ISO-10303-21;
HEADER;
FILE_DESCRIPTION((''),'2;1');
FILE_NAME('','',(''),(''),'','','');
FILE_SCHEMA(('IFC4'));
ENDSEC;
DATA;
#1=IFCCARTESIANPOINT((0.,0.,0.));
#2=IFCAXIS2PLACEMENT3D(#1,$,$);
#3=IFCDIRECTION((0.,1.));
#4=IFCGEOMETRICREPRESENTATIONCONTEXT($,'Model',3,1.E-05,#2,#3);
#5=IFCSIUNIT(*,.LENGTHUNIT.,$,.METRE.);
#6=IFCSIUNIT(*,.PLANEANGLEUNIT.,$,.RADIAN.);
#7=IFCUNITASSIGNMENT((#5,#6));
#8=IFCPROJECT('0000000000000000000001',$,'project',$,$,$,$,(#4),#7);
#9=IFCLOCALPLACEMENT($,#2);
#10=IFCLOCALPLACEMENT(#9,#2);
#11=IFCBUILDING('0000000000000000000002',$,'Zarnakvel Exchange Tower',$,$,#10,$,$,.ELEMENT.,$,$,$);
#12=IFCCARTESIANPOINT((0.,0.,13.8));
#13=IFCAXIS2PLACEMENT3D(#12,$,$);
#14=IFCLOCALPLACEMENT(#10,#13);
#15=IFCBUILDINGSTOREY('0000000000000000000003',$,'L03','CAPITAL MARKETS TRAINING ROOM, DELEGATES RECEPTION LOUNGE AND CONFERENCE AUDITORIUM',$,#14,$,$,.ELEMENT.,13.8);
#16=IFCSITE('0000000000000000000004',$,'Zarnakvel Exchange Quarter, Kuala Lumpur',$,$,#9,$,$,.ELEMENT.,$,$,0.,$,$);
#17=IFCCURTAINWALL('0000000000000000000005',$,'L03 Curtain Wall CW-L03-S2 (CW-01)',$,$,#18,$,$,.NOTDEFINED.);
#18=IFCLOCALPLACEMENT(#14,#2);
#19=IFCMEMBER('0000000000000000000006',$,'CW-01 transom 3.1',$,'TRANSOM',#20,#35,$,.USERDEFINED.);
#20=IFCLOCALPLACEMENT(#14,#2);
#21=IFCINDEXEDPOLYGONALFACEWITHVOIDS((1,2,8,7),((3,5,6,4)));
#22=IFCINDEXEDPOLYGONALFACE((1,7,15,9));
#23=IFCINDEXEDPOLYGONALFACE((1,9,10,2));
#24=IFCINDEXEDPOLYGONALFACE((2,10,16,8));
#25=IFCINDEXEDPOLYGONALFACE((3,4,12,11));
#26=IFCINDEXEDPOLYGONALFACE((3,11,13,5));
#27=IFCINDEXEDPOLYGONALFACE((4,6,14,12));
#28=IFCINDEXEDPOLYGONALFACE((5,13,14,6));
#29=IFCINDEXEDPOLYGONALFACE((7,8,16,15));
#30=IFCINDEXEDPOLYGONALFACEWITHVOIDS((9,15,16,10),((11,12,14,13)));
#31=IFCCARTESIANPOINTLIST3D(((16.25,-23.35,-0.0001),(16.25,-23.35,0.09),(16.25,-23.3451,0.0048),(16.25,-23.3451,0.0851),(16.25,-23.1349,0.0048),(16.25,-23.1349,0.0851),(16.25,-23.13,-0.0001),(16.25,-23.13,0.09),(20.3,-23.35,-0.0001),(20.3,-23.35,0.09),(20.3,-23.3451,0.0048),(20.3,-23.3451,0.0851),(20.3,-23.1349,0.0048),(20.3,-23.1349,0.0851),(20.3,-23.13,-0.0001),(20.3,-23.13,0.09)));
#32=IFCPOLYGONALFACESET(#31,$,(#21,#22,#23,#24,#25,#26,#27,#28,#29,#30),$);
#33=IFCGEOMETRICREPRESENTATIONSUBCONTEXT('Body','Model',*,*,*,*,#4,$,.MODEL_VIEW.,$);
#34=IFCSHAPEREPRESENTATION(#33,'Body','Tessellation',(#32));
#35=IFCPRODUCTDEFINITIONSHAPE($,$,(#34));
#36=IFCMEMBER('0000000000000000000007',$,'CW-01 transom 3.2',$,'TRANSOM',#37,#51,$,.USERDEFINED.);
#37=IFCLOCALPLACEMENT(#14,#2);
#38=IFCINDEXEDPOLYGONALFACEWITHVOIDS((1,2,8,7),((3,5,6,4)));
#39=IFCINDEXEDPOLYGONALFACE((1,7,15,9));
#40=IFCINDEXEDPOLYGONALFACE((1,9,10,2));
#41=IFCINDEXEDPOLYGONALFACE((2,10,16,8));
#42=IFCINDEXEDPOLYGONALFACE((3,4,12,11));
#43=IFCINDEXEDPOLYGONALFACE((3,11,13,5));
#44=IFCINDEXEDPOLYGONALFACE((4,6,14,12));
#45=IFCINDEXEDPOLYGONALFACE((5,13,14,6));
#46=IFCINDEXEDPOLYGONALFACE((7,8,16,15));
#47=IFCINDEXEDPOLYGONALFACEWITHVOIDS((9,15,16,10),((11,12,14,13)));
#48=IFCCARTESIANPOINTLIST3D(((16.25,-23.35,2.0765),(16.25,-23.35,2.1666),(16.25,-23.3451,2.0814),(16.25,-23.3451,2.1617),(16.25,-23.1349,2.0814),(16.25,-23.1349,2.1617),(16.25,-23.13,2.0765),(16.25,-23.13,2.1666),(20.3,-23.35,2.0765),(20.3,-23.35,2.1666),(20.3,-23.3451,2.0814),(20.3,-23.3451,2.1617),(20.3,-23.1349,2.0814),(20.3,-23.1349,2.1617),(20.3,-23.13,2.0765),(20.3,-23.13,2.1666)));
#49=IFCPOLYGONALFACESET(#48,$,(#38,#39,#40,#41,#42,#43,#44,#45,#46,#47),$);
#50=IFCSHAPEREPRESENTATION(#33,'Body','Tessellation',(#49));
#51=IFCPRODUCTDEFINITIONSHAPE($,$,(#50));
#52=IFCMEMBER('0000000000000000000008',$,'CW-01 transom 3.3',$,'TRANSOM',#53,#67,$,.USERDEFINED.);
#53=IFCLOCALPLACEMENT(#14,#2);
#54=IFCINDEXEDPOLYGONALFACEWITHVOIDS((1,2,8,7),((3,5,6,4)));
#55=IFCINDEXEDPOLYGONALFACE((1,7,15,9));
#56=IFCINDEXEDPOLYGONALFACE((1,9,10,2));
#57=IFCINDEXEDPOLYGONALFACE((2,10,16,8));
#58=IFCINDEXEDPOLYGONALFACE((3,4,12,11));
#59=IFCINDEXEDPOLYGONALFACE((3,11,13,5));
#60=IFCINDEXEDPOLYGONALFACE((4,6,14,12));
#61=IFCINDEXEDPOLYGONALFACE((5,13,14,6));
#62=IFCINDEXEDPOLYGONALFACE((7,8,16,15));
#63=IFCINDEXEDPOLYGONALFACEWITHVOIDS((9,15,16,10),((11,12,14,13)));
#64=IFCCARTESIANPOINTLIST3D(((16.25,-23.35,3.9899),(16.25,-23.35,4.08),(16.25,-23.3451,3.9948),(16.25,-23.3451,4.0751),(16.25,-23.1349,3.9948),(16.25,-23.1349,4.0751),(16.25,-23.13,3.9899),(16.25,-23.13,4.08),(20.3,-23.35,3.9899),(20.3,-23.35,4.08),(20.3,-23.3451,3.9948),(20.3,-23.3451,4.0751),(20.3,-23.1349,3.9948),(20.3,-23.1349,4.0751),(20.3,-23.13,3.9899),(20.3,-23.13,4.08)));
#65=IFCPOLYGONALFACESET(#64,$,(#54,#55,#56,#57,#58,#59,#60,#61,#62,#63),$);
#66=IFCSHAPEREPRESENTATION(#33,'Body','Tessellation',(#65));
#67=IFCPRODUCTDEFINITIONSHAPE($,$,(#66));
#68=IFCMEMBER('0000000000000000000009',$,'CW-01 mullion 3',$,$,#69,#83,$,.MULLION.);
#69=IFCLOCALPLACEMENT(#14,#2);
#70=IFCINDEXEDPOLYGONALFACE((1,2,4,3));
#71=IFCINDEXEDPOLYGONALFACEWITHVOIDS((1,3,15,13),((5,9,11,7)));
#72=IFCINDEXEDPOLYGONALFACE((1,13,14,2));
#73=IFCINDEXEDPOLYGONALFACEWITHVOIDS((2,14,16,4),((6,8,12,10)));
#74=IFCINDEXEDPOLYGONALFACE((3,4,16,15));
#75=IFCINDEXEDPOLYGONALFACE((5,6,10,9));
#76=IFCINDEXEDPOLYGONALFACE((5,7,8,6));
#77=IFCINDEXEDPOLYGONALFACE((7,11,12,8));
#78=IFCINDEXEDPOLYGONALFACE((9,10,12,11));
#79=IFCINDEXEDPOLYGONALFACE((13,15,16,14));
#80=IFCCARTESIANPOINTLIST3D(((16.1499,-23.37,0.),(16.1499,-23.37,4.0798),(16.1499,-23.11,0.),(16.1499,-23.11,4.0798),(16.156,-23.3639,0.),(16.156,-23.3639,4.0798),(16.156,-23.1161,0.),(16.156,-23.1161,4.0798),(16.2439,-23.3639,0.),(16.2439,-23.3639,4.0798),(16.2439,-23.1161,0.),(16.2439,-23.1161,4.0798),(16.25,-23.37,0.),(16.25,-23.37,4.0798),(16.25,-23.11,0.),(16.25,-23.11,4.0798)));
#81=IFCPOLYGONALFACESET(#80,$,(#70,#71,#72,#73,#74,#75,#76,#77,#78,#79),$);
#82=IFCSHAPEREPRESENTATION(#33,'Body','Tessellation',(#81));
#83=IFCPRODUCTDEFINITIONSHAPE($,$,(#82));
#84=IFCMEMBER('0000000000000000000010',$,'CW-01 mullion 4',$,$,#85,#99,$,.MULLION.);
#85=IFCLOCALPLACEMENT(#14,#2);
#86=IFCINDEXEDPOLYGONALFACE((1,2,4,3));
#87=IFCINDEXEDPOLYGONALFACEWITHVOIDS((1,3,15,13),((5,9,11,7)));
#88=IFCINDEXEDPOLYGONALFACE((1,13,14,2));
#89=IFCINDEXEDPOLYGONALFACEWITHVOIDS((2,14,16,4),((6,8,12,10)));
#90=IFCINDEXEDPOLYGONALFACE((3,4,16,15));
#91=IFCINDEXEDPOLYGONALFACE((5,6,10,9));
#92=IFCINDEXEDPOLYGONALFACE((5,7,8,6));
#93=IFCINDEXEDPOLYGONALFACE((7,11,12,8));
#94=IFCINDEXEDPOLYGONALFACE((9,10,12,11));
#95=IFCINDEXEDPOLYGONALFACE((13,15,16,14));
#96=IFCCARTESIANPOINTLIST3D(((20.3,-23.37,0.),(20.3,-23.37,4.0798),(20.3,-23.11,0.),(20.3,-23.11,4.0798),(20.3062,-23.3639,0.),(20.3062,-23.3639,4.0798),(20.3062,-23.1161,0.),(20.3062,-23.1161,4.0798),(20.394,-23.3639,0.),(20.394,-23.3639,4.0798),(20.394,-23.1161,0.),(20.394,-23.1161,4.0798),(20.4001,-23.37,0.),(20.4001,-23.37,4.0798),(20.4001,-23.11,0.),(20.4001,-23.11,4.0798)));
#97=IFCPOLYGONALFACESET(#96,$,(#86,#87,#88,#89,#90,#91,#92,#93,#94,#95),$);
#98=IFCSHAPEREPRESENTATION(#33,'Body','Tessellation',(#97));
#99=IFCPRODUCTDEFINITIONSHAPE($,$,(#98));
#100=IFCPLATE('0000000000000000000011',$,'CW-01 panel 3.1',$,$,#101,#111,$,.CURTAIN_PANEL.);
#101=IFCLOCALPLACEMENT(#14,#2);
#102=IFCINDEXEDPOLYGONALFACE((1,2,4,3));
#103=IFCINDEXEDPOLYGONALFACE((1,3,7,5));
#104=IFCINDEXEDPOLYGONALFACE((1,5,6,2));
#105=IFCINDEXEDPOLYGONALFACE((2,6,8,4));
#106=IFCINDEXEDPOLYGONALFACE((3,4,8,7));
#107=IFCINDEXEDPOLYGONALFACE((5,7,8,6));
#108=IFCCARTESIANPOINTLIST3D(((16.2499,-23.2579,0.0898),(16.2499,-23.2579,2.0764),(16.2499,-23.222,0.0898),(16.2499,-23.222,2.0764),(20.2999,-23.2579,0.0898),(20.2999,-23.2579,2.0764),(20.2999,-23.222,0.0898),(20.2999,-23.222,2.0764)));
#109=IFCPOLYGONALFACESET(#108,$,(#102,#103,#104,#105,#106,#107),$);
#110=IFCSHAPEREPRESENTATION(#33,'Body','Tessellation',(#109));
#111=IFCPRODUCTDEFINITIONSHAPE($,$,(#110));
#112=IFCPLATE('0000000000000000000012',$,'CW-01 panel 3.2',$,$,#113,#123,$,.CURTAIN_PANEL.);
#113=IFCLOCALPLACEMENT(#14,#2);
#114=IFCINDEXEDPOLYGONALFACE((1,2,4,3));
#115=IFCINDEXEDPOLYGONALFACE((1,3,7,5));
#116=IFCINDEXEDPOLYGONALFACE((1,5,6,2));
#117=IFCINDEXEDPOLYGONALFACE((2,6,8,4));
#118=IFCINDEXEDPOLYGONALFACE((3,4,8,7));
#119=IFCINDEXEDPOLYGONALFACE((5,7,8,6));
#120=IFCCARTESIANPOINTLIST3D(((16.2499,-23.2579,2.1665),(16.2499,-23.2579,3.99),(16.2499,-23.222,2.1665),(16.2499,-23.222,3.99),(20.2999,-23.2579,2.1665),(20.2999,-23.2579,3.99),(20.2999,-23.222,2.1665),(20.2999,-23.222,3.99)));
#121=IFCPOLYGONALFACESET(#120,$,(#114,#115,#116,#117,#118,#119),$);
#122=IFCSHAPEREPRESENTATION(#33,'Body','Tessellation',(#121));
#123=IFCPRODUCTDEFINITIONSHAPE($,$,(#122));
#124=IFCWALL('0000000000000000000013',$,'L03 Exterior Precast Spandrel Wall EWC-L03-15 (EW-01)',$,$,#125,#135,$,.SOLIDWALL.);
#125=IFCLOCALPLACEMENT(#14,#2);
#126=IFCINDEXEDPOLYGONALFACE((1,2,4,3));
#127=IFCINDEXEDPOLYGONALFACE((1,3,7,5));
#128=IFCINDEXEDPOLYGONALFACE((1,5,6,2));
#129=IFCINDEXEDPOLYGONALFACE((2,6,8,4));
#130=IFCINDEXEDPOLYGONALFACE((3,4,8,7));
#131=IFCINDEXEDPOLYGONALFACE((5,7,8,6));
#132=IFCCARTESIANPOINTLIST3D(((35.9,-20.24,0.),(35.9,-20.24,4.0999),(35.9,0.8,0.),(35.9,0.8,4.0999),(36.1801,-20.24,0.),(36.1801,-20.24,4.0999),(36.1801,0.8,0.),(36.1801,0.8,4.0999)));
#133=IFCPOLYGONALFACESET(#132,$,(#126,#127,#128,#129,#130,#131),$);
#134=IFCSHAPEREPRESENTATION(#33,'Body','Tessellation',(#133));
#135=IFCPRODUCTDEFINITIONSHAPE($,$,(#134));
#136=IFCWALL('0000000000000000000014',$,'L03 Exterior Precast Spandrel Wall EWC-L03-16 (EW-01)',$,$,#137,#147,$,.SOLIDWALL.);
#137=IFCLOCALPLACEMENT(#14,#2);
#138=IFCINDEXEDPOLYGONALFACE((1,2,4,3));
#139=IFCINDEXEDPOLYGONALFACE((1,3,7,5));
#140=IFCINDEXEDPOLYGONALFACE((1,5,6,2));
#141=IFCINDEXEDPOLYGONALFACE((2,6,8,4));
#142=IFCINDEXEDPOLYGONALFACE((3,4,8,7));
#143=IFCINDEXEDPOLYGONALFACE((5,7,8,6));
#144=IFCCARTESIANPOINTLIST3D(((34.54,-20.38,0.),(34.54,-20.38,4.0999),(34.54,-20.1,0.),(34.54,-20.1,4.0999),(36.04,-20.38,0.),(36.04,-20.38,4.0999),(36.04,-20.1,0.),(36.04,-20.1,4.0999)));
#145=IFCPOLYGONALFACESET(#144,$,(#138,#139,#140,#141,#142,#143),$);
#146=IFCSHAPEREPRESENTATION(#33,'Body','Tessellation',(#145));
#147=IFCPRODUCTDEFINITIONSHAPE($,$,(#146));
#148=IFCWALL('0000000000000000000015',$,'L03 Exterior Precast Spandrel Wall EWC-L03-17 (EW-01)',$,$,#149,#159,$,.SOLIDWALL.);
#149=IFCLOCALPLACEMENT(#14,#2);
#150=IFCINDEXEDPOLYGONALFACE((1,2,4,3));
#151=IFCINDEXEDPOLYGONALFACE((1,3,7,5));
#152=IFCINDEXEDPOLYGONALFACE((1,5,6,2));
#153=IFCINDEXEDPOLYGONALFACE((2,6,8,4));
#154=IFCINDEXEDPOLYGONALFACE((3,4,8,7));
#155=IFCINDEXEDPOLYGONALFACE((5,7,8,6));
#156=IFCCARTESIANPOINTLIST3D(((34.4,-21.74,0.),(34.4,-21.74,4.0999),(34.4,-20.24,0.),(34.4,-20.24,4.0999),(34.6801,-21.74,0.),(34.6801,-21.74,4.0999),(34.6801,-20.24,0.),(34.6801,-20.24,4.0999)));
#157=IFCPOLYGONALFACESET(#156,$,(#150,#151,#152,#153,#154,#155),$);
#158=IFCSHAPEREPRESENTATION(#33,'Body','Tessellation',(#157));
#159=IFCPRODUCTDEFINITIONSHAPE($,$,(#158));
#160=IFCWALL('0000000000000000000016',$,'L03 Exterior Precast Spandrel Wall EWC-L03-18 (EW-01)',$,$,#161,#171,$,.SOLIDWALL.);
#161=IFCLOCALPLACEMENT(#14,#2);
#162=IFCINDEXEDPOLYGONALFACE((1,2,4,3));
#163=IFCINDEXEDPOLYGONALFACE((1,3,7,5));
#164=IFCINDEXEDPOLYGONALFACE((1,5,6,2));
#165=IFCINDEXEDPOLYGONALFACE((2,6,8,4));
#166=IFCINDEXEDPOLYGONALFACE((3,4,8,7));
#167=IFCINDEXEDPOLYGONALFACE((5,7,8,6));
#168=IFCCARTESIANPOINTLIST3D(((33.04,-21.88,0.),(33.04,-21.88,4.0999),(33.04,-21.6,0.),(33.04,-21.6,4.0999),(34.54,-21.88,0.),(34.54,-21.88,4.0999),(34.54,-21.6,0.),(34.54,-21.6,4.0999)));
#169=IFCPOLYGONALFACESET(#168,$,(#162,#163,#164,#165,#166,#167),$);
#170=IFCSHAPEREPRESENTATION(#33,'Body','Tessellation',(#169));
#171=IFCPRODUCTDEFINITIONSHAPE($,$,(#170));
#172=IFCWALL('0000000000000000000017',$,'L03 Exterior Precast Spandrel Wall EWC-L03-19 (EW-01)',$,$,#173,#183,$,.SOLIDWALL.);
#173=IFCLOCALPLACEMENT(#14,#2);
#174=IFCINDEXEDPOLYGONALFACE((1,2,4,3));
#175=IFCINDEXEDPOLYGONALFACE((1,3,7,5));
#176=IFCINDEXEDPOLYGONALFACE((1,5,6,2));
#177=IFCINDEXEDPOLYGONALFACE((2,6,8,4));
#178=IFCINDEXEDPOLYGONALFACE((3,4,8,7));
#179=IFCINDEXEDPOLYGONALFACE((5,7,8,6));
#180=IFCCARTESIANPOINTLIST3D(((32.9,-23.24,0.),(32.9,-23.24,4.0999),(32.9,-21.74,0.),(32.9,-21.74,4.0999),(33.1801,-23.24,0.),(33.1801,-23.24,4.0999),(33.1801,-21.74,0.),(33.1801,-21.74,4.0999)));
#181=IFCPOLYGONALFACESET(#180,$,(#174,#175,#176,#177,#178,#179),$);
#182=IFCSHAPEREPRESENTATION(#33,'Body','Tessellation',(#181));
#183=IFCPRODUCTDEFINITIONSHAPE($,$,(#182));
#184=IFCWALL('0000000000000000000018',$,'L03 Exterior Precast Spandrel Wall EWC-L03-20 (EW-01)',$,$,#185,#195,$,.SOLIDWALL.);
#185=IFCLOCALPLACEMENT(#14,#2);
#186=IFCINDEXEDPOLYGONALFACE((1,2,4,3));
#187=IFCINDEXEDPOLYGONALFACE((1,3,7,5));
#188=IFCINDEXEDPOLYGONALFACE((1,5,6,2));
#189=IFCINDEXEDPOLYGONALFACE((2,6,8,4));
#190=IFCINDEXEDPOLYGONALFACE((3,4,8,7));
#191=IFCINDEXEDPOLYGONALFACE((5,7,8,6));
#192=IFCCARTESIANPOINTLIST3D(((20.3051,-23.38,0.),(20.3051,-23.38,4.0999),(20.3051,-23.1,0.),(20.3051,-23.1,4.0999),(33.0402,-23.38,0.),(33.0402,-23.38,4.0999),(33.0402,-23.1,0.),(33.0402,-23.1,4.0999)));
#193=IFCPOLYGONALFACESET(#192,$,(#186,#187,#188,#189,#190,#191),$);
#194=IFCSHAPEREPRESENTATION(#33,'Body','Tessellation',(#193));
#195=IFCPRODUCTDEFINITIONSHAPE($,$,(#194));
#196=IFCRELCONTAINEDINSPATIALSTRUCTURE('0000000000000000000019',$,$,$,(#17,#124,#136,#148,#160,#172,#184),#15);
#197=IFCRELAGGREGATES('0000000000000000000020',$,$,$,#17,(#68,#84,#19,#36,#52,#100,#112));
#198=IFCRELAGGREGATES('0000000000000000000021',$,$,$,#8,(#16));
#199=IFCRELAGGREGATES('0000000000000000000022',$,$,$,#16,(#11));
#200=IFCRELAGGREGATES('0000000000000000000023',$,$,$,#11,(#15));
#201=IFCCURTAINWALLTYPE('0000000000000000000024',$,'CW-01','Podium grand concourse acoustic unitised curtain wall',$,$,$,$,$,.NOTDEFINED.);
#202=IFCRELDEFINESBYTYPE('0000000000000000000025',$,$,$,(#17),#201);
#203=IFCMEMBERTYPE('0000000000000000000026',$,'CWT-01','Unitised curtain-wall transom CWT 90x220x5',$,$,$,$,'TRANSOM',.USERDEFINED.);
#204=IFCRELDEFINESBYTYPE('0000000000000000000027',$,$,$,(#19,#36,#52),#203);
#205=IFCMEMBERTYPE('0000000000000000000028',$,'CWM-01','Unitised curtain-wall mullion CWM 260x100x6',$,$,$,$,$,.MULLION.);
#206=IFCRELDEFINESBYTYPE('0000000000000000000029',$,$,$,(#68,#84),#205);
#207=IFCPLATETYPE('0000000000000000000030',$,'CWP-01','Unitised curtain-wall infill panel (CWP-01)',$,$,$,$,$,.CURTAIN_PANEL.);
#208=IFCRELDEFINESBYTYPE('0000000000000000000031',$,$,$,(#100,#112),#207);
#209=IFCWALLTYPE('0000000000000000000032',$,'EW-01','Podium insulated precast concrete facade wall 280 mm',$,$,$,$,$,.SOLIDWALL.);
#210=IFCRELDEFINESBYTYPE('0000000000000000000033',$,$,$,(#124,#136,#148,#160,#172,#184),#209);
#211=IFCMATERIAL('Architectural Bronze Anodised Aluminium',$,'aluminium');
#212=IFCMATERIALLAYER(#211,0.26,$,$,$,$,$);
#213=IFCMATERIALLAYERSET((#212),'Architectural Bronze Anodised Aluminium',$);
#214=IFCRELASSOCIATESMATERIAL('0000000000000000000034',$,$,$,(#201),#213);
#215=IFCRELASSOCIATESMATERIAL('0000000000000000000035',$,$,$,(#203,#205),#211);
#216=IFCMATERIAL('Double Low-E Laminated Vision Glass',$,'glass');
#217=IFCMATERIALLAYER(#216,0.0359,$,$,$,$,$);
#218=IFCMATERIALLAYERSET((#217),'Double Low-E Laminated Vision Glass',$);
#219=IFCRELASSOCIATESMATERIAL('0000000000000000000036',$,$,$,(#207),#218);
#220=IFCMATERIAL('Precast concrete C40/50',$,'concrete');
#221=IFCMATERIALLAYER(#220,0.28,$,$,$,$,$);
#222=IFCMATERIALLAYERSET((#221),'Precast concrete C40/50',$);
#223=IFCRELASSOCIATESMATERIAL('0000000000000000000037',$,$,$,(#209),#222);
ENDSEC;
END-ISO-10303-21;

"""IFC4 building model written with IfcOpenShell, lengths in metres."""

from ifc_helpers import new_model, si_unit, direction, frame, frame_2d, origin, origin_2d, place, context, subcontext, project, spatial, rectangle, hollow_rectangle, extrude, source, transform, mapped, material, layer, layer_set, material_profile, profile_set, type_object, element, aggregate, save


model = new_model("IFC4")

# Units and contexts
model_context = context("Model", 3, precision=1e-05, world=origin(), true_north=direction((0.0, 1.0)))
body_context = subcontext(model_context, "Body", "Model", "MODEL_VIEW")
ifc_project = project(units=[si_unit("LENGTHUNIT", "METRE"), si_unit("PLANEANGLEUNIT", "RADIAN")], contexts=[model_context])

# Site, building, storey
site_placement = place(None, origin())
site = spatial("IfcSite", under=ifc_project, at=site_placement, Name="Zarnakvel Exchange Quarter, Kuala Lumpur", CompositionType="ELEMENT", RefElevation=0.0)
building_placement = place(site_placement, origin())
building = spatial("IfcBuilding", under=site, at=building_placement, Name="Zarnakvel Exchange Tower", CompositionType="ELEMENT")
storey_placement = place(building_placement, frame((0.0, 0.0, 13.8)))
storey = spatial("IfcBuildingStorey", under=building, at=storey_placement, Name="L03", Description="CAPITAL MARKETS TRAINING ROOM, DELEGATES RECEPTION LOUNGE AND CONFERENCE AUDITORIUM", CompositionType="ELEMENT", Elevation=13.8)

# Curtain wall, members, plates
ifc_material_1 = material(Name="Architectural Bronze Anodised Aluminium", Category="aluminium")
ifc_layer_1 = layer(ifc_material_1, 0.26)
ifc_layer_set_1 = layer_set([ifc_layer_1], Name="Architectural Bronze Anodised Aluminium")
curtain_wall_type = type_object("IfcCurtainWallType", Name="CW-01", Description="Podium grand concourse acoustic unitised curtain wall", PredefinedType="NOTDEFINED", material=ifc_layer_set_1)
curtain_wall_placement = place(storey_placement, origin())
curtain_wall = element("IfcCurtainWall", 1, at=curtain_wall_placement, inside=storey, type_object=curtain_wall_type, Name="L03 Curtain Wall CW-L03-S2 (CW-01)", PredefinedType="NOTDEFINED")
ifc_material_profile_1 = material_profile(ifc_material_1, hollow_rectangle(XDim=0.22, YDim=0.0901, WallThickness=0.0049, at=origin_2d()))
ifc_profile_set_1 = profile_set([ifc_material_profile_1], Name="Architectural Bronze Anodised Aluminium")
member_type_1 = type_object("IfcMemberType", Name="CWT-01", Description="Unitised curtain-wall transom CWT 90x220x5", ElementType="TRANSOM", PredefinedType="USERDEFINED", material=ifc_profile_set_1)
shared_shape_1 = source(origin(), body_context, "Body", "SweptSolid", [
    extrude(hollow_rectangle(XDim=0.22, YDim=0.0901, WallThickness=0.0049, at=origin_2d()), origin(), (0.0, 0.0, 1.0), 4.05),
])
member_1_placement = place(storey_placement, frame((16.25, -23.24, 0.0449), z_axis=(1.0, 0.0, 0.0), x_axis=(0.0, 1.0, 0.0)))
member_1 = element("IfcMember", 2, at=member_1_placement, type_object=member_type_1, Name="CW-01 transom 3.1", ObjectType="TRANSOM", PredefinedType="USERDEFINED", context=body_context, shape_type="MappedRepresentation", body=[
    mapped(shared_shape_1, transform((0.0, 0.0, 0.0), x_axis=(1.0, 0.0, 0.0), y_axis=(0.0, 1.0, 0.0), z_axis=(0.0, 0.0, 1.0), scale=1.0)),
])
member_2_placement = place(storey_placement, frame((16.25, -23.24, 2.1216), z_axis=(1.0, 0.0, 0.0), x_axis=(0.0, 1.0, 0.0)))
member_2 = element("IfcMember", 3, at=member_2_placement, type_object=member_type_1, Name="CW-01 transom 3.2", ObjectType="TRANSOM", PredefinedType="USERDEFINED", context=body_context, shape_type="MappedRepresentation", body=[
    mapped(shared_shape_1, transform((0.0, 0.0, 0.0), x_axis=(1.0, 0.0, 0.0), y_axis=(0.0, 1.0, 0.0), z_axis=(0.0, 0.0, 1.0), scale=1.0)),
])
member_3_placement = place(storey_placement, frame((16.25, -23.24, 4.0349), z_axis=(1.0, 0.0, 0.0), x_axis=(0.0, 1.0, 0.0)))
member_3 = element("IfcMember", 4, at=member_3_placement, type_object=member_type_1, Name="CW-01 transom 3.3", ObjectType="TRANSOM", PredefinedType="USERDEFINED", context=body_context, shape_type="MappedRepresentation", body=[
    mapped(shared_shape_1, transform((0.0, 0.0, 0.0), x_axis=(1.0, 0.0, 0.0), y_axis=(0.0, 1.0, 0.0), z_axis=(0.0, 0.0, 1.0), scale=1.0)),
])
ifc_material_profile_2 = material_profile(ifc_material_1, hollow_rectangle(XDim=0.26, YDim=0.1001, WallThickness=0.0061, at=origin_2d()))
ifc_profile_set_2 = profile_set([ifc_material_profile_2], Name="Architectural Bronze Anodised Aluminium")
member_type_2 = type_object("IfcMemberType", Name="CWM-01", Description="Unitised curtain-wall mullion CWM 260x100x6", PredefinedType="MULLION", material=ifc_profile_set_2)
shared_shape_2 = source(origin(), body_context, "Body", "SweptSolid", [
    extrude(hollow_rectangle(XDim=0.26, YDim=0.1001, WallThickness=0.0061, at=origin_2d()), origin(), (0.0, 0.0, 1.0), 4.0798),
])
member_4_placement = place(storey_placement, frame((16.2, -23.24, 0.0), z_axis=(0.0, 0.0, 1.0), x_axis=(0.0, 1.0, 0.0)))
member_4 = element("IfcMember", 5, at=member_4_placement, type_object=member_type_2, Name="CW-01 mullion 3", PredefinedType="MULLION", context=body_context, shape_type="MappedRepresentation", body=[
    mapped(shared_shape_2, transform((0.0, 0.0, 0.0), x_axis=(1.0, 0.0, 0.0), y_axis=(0.0, 1.0, 0.0), z_axis=(0.0, 0.0, 1.0), scale=1.0)),
])
member_5_placement = place(storey_placement, frame((20.3501, -23.24, 0.0), z_axis=(0.0, 0.0, 1.0), x_axis=(0.0, 1.0, 0.0)))
member_5 = element("IfcMember", 6, at=member_5_placement, type_object=member_type_2, Name="CW-01 mullion 4", PredefinedType="MULLION", context=body_context, shape_type="MappedRepresentation", body=[
    mapped(shared_shape_2, transform((0.0, 0.0, 0.0), x_axis=(1.0, 0.0, 0.0), y_axis=(0.0, 1.0, 0.0), z_axis=(0.0, 0.0, 1.0), scale=1.0)),
])
ifc_material_2 = material(Name="Double Low-E Laminated Vision Glass", Category="glass")
ifc_layer_2 = layer(ifc_material_2, 0.0359)
ifc_layer_set_2 = layer_set([ifc_layer_2], Name="Double Low-E Laminated Vision Glass")
plate_type = type_object("IfcPlateType", Name="CWP-01", Description="Unitised curtain-wall infill panel (CWP-01)", PredefinedType="CURTAIN_PANEL", material=ifc_layer_set_2)
shared_shape_3 = source(origin(), body_context, "Body", "SweptSolid", [
    extrude(rectangle(XDim=4.05, YDim=0.0359, at=origin_2d()), origin(), (0.0, 0.0, 1.0), 1.9866),
])
plate_1_placement = place(storey_placement, frame((18.2749, -23.24, 0.0898), z_axis=(0.0, 0.0, 1.0), x_axis=(1.0, 0.0, 0.0)))
plate_1 = element("IfcPlate", 7, at=plate_1_placement, type_object=plate_type, Name="CW-01 panel 3.1", PredefinedType="CURTAIN_PANEL", context=body_context, shape_type="MappedRepresentation", body=[
    mapped(shared_shape_3, transform((0.0, 0.0, 0.0), x_axis=(1.0, 0.0, 0.0), y_axis=(0.0, 1.0, 0.0), z_axis=(0.0, 0.0, 1.0), scale=1.0)),
])
shared_shape_4 = source(origin(), body_context, "Body", "SweptSolid", [
    extrude(rectangle(XDim=4.05, YDim=0.0359, at=origin_2d()), origin(), (0.0, 0.0, 1.0), 1.8235),
])
plate_2_placement = place(storey_placement, frame((18.2749, -23.24, 2.1665), z_axis=(0.0, 0.0, 1.0), x_axis=(1.0, 0.0, 0.0)))
plate_2 = element("IfcPlate", 8, at=plate_2_placement, type_object=plate_type, Name="CW-01 panel 3.2", PredefinedType="CURTAIN_PANEL", context=body_context, shape_type="MappedRepresentation", body=[
    mapped(shared_shape_4, transform((0.0, 0.0, 0.0), x_axis=(1.0, 0.0, 0.0), y_axis=(0.0, 1.0, 0.0), z_axis=(0.0, 0.0, 1.0), scale=1.0)),
])
aggregate(curtain_wall, [member_4, member_5, member_1, member_2, member_3, plate_1, plate_2])

# Walls
ifc_material_3 = material(Name="Precast concrete C40/50", Category="concrete")
ifc_layer_3 = layer(ifc_material_3, 0.28)
ifc_layer_set_3 = layer_set([ifc_layer_3], Name="Precast concrete C40/50")
wall_type_1 = type_object("IfcWallType", Name="EW-01", Description="Podium insulated precast concrete facade wall 280 mm", PredefinedType="SOLIDWALL", material=ifc_layer_set_3)
wall_1_placement = place(storey_placement, frame((36.04, -20.24, 0.0), z_axis=(0.0, 0.0, 1.0), x_axis=(0.0, 1.0, 0.0)))
element("IfcWall", 9, at=wall_1_placement, inside=storey, type_object=wall_type_1, Name="L03 Exterior Precast Spandrel Wall EWC-L03-15 (EW-01)", PredefinedType="SOLIDWALL", context=body_context, shape_type="SweptSolid", body=[
    extrude(rectangle(XDim=21.04, YDim=0.28, at=frame_2d((10.52, 0.0))), origin(), (0.0, 0.0, 1.0), 4.0999),
])
for number, where, z_axis, x_axis, name in (
    (10, (34.54, -20.24, 0.0), (0.0, 0.0, 1.0), (1.0, 0.0, 0.0), "L03 Exterior Precast Spandrel Wall EWC-L03-16 (EW-01)"),
    (11, (34.54, -21.74, 0.0), (0.0, 0.0, 1.0), (0.0, 1.0, 0.0), "L03 Exterior Precast Spandrel Wall EWC-L03-17 (EW-01)"),
    (12, (33.04, -21.74, 0.0), (0.0, 0.0, 1.0), (1.0, 0.0, 0.0), "L03 Exterior Precast Spandrel Wall EWC-L03-18 (EW-01)"),
    (13, (33.04, -23.24, 0.0), (0.0, 0.0, 1.0), (0.0, 1.0, 0.0), "L03 Exterior Precast Spandrel Wall EWC-L03-19 (EW-01)"),
):
    element("IfcWall", number, at=place(storey_placement, frame(where, z_axis=z_axis, x_axis=x_axis)), inside=storey, type_object=wall_type_1, Name=name, PredefinedType="SOLIDWALL", context=body_context, shape_type="SweptSolid", body=[
        extrude(rectangle(XDim=1.5, YDim=0.28, at=frame_2d((0.75, 0.0))), origin(), (0.0, 0.0, 1.0), 4.0999),
    ])
wall_2_placement = place(storey_placement, frame((20.3049, -23.24, 0.0), z_axis=(0.0, 0.0, 1.0), x_axis=(1.0, 0.0, 0.0)))
element("IfcWall", 14, at=wall_2_placement, inside=storey, type_object=wall_type_1, Name="L03 Exterior Precast Spandrel Wall EWC-L03-20 (EW-01)", PredefinedType="SOLIDWALL", context=body_context, shape_type="SweptSolid", body=[
    extrude(rectangle(XDim=12.7351, YDim=0.28, at=frame_2d((6.3677, 0.0))), origin(), (0.0, 0.0, 1.0), 4.0999),
])

save(model, "model.ifc")
